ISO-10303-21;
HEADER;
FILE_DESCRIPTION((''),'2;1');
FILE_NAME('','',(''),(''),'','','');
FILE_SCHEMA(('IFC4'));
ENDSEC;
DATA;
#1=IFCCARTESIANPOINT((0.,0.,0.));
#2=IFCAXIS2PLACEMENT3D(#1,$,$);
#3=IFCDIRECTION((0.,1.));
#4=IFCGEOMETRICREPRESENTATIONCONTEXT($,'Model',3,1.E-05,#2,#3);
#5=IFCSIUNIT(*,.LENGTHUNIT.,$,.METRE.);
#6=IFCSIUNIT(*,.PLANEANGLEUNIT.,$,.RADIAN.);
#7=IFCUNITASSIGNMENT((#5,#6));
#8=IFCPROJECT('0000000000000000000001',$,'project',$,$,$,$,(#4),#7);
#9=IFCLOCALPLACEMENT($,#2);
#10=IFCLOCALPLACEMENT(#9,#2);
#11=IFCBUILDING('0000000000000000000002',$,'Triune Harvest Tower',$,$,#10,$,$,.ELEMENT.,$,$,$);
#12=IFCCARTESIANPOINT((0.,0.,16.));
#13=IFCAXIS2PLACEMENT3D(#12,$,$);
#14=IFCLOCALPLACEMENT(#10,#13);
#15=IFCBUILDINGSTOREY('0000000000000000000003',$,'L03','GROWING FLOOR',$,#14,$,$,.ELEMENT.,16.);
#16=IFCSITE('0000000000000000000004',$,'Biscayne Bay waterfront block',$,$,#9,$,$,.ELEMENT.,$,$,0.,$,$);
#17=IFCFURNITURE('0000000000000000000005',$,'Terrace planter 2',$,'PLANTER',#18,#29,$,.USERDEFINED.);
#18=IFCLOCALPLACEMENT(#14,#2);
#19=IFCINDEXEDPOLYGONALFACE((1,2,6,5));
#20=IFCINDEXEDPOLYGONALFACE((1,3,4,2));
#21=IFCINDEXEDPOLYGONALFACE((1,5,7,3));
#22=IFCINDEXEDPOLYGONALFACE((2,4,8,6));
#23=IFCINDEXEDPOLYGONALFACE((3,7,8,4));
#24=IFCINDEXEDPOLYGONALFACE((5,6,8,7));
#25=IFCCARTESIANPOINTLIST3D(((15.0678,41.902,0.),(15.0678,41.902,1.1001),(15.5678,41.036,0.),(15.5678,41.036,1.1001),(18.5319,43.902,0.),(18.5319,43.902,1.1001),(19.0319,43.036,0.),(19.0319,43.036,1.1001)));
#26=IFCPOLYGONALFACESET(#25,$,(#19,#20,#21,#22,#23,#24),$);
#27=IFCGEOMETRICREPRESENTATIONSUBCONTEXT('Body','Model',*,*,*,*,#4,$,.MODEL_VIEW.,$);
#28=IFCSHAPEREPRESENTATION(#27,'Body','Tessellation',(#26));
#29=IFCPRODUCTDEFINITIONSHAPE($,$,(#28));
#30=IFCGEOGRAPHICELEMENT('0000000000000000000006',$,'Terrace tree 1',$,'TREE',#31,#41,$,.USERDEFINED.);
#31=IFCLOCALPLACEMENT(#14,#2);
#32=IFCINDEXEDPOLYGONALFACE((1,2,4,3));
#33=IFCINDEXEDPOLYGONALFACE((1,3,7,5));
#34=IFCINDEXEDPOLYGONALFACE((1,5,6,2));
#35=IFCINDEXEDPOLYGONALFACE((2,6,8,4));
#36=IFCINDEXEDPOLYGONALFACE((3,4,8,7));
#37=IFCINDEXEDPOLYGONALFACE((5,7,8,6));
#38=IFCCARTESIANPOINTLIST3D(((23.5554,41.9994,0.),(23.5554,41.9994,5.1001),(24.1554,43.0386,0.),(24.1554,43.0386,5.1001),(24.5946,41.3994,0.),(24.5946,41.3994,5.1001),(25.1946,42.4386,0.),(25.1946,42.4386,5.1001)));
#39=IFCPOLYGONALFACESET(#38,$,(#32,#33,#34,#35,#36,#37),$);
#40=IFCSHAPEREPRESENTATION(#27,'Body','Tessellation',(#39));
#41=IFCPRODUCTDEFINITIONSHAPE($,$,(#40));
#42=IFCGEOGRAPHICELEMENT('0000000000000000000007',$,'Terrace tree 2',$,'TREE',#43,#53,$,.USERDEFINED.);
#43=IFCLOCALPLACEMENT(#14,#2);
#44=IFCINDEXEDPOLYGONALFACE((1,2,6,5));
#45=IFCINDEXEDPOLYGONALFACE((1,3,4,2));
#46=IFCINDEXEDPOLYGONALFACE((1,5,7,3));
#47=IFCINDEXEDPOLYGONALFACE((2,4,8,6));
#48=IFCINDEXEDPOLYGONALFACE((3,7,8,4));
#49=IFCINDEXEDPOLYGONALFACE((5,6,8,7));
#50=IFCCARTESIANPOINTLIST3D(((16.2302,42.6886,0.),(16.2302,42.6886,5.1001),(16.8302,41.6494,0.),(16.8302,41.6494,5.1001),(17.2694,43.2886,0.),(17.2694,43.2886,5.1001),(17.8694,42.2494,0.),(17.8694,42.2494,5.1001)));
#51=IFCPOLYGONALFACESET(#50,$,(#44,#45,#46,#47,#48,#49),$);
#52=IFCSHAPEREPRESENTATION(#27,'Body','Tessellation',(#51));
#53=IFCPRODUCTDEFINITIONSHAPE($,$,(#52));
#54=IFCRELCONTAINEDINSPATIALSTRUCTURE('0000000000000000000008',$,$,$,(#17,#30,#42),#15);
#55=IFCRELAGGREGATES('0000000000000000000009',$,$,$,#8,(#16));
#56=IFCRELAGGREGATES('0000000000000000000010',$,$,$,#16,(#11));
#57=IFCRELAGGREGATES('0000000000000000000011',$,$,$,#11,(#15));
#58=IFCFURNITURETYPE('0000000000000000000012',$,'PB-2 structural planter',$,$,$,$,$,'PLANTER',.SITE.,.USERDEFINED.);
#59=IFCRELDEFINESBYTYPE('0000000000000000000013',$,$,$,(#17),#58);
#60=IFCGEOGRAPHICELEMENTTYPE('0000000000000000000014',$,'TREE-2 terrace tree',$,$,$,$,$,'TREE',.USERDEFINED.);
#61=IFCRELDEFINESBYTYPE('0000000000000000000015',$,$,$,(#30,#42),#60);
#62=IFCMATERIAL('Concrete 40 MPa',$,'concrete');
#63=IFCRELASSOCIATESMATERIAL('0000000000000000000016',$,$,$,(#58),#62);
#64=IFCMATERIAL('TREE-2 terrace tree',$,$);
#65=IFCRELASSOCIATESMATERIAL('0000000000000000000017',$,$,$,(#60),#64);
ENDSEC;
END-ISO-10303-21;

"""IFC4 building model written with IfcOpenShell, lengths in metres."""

from ifc_helpers import new_model, si_unit, direction, frame, origin, origin_2d, place, context, subcontext, project, spatial, rectangle, extrude, source, transform, mapped, material, type_object, element, save


model = new_model("IFC4")

# Units and contexts
model_context = context("Model", 3, precision=1e-05, world=origin(), true_north=direction((0.0, 1.0)))
body_context = subcontext(model_context, "Body", "Model", "MODEL_VIEW")
ifc_project = project(units=[si_unit("LENGTHUNIT", "METRE"), si_unit("PLANEANGLEUNIT", "RADIAN")], contexts=[model_context])

# Site, building, storey
site_placement = place(None, origin())
site = spatial("IfcSite", under=ifc_project, at=site_placement, Name="Biscayne Bay waterfront block", CompositionType="ELEMENT", RefElevation=0.0)
building_placement = place(site_placement, origin())
building = spatial("IfcBuilding", under=site, at=building_placement, Name="Triune Harvest Tower", CompositionType="ELEMENT")
storey_placement = place(building_placement, frame((0.0, 0.0, 16.0)))
storey = spatial("IfcBuildingStorey", under=building, at=storey_placement, Name="L03", Description="GROWING FLOOR", CompositionType="ELEMENT", Elevation=16.0)

# Furniture
ifc_material_1 = material(Name="Concrete 40 MPa", Category="concrete")
furniture_type_1 = type_object("IfcFurnitureType", Name="PB-2 structural planter", ElementType="PLANTER", AssemblyPlace="SITE", PredefinedType="USERDEFINED", material=ifc_material_1)
shared_shape_1 = source(origin(), body_context, "Body", "SweptSolid", [
    extrude(rectangle(XDim=4.0, YDim=1.0, at=origin_2d()), origin(), (0.0, 0.0, 1.0), 1.1001),
])
furniture_1_placement = place(storey_placement, frame((17.0498, 42.469, 0.0), z_axis=(0.0, 0.0, 1.0), x_axis=(-0.866025, -0.5, 0.0)))
element("IfcFurniture", 1, at=furniture_1_placement, inside=storey, type_object=furniture_type_1, Name="Terrace planter 2", ObjectType="PLANTER", PredefinedType="USERDEFINED", context=body_context, shape_type="MappedRepresentation", body=[
    mapped(shared_shape_1, transform((0.0, 0.0, 0.0), scale=1.0)),
])

# Geographic elements
ifc_material_2 = material(Name="TREE-2 terrace tree")
geographic_element_type = type_object("IfcGeographicElementType", Name="TREE-2 terrace tree", ElementType="TREE", PredefinedType="USERDEFINED", material=ifc_material_2)
shared_shape_2 = source(origin(), body_context, "Body", "SweptSolid", [
    extrude(rectangle(XDim=1.2, YDim=1.2, at=origin_2d()), origin(), (0.0, 0.0, 1.0), 5.1001),
])
for number, where, z_axis, x_axis, name in (
    (2, (24.375, 42.219, 0.0), (0.0, 0.0, 1.0), (-0.866027, 0.499997, 0.0), "Terrace tree 1"),
    (3, (17.0498, 42.469, 0.0), (0.0, 0.0, 1.0), (-0.866025, -0.5, 0.0), "Terrace tree 2"),
):
    element("IfcGeographicElement", number, at=place(storey_placement, frame(where, z_axis=z_axis, x_axis=x_axis)), inside=storey, type_object=geographic_element_type, Name=name, ObjectType="TREE", PredefinedType="USERDEFINED", context=body_context, shape_type="MappedRepresentation", body=[
        mapped(shared_shape_2, transform((0.0, 0.0, 0.0), scale=1.0)),
    ])

save(model, "model.ifc")
